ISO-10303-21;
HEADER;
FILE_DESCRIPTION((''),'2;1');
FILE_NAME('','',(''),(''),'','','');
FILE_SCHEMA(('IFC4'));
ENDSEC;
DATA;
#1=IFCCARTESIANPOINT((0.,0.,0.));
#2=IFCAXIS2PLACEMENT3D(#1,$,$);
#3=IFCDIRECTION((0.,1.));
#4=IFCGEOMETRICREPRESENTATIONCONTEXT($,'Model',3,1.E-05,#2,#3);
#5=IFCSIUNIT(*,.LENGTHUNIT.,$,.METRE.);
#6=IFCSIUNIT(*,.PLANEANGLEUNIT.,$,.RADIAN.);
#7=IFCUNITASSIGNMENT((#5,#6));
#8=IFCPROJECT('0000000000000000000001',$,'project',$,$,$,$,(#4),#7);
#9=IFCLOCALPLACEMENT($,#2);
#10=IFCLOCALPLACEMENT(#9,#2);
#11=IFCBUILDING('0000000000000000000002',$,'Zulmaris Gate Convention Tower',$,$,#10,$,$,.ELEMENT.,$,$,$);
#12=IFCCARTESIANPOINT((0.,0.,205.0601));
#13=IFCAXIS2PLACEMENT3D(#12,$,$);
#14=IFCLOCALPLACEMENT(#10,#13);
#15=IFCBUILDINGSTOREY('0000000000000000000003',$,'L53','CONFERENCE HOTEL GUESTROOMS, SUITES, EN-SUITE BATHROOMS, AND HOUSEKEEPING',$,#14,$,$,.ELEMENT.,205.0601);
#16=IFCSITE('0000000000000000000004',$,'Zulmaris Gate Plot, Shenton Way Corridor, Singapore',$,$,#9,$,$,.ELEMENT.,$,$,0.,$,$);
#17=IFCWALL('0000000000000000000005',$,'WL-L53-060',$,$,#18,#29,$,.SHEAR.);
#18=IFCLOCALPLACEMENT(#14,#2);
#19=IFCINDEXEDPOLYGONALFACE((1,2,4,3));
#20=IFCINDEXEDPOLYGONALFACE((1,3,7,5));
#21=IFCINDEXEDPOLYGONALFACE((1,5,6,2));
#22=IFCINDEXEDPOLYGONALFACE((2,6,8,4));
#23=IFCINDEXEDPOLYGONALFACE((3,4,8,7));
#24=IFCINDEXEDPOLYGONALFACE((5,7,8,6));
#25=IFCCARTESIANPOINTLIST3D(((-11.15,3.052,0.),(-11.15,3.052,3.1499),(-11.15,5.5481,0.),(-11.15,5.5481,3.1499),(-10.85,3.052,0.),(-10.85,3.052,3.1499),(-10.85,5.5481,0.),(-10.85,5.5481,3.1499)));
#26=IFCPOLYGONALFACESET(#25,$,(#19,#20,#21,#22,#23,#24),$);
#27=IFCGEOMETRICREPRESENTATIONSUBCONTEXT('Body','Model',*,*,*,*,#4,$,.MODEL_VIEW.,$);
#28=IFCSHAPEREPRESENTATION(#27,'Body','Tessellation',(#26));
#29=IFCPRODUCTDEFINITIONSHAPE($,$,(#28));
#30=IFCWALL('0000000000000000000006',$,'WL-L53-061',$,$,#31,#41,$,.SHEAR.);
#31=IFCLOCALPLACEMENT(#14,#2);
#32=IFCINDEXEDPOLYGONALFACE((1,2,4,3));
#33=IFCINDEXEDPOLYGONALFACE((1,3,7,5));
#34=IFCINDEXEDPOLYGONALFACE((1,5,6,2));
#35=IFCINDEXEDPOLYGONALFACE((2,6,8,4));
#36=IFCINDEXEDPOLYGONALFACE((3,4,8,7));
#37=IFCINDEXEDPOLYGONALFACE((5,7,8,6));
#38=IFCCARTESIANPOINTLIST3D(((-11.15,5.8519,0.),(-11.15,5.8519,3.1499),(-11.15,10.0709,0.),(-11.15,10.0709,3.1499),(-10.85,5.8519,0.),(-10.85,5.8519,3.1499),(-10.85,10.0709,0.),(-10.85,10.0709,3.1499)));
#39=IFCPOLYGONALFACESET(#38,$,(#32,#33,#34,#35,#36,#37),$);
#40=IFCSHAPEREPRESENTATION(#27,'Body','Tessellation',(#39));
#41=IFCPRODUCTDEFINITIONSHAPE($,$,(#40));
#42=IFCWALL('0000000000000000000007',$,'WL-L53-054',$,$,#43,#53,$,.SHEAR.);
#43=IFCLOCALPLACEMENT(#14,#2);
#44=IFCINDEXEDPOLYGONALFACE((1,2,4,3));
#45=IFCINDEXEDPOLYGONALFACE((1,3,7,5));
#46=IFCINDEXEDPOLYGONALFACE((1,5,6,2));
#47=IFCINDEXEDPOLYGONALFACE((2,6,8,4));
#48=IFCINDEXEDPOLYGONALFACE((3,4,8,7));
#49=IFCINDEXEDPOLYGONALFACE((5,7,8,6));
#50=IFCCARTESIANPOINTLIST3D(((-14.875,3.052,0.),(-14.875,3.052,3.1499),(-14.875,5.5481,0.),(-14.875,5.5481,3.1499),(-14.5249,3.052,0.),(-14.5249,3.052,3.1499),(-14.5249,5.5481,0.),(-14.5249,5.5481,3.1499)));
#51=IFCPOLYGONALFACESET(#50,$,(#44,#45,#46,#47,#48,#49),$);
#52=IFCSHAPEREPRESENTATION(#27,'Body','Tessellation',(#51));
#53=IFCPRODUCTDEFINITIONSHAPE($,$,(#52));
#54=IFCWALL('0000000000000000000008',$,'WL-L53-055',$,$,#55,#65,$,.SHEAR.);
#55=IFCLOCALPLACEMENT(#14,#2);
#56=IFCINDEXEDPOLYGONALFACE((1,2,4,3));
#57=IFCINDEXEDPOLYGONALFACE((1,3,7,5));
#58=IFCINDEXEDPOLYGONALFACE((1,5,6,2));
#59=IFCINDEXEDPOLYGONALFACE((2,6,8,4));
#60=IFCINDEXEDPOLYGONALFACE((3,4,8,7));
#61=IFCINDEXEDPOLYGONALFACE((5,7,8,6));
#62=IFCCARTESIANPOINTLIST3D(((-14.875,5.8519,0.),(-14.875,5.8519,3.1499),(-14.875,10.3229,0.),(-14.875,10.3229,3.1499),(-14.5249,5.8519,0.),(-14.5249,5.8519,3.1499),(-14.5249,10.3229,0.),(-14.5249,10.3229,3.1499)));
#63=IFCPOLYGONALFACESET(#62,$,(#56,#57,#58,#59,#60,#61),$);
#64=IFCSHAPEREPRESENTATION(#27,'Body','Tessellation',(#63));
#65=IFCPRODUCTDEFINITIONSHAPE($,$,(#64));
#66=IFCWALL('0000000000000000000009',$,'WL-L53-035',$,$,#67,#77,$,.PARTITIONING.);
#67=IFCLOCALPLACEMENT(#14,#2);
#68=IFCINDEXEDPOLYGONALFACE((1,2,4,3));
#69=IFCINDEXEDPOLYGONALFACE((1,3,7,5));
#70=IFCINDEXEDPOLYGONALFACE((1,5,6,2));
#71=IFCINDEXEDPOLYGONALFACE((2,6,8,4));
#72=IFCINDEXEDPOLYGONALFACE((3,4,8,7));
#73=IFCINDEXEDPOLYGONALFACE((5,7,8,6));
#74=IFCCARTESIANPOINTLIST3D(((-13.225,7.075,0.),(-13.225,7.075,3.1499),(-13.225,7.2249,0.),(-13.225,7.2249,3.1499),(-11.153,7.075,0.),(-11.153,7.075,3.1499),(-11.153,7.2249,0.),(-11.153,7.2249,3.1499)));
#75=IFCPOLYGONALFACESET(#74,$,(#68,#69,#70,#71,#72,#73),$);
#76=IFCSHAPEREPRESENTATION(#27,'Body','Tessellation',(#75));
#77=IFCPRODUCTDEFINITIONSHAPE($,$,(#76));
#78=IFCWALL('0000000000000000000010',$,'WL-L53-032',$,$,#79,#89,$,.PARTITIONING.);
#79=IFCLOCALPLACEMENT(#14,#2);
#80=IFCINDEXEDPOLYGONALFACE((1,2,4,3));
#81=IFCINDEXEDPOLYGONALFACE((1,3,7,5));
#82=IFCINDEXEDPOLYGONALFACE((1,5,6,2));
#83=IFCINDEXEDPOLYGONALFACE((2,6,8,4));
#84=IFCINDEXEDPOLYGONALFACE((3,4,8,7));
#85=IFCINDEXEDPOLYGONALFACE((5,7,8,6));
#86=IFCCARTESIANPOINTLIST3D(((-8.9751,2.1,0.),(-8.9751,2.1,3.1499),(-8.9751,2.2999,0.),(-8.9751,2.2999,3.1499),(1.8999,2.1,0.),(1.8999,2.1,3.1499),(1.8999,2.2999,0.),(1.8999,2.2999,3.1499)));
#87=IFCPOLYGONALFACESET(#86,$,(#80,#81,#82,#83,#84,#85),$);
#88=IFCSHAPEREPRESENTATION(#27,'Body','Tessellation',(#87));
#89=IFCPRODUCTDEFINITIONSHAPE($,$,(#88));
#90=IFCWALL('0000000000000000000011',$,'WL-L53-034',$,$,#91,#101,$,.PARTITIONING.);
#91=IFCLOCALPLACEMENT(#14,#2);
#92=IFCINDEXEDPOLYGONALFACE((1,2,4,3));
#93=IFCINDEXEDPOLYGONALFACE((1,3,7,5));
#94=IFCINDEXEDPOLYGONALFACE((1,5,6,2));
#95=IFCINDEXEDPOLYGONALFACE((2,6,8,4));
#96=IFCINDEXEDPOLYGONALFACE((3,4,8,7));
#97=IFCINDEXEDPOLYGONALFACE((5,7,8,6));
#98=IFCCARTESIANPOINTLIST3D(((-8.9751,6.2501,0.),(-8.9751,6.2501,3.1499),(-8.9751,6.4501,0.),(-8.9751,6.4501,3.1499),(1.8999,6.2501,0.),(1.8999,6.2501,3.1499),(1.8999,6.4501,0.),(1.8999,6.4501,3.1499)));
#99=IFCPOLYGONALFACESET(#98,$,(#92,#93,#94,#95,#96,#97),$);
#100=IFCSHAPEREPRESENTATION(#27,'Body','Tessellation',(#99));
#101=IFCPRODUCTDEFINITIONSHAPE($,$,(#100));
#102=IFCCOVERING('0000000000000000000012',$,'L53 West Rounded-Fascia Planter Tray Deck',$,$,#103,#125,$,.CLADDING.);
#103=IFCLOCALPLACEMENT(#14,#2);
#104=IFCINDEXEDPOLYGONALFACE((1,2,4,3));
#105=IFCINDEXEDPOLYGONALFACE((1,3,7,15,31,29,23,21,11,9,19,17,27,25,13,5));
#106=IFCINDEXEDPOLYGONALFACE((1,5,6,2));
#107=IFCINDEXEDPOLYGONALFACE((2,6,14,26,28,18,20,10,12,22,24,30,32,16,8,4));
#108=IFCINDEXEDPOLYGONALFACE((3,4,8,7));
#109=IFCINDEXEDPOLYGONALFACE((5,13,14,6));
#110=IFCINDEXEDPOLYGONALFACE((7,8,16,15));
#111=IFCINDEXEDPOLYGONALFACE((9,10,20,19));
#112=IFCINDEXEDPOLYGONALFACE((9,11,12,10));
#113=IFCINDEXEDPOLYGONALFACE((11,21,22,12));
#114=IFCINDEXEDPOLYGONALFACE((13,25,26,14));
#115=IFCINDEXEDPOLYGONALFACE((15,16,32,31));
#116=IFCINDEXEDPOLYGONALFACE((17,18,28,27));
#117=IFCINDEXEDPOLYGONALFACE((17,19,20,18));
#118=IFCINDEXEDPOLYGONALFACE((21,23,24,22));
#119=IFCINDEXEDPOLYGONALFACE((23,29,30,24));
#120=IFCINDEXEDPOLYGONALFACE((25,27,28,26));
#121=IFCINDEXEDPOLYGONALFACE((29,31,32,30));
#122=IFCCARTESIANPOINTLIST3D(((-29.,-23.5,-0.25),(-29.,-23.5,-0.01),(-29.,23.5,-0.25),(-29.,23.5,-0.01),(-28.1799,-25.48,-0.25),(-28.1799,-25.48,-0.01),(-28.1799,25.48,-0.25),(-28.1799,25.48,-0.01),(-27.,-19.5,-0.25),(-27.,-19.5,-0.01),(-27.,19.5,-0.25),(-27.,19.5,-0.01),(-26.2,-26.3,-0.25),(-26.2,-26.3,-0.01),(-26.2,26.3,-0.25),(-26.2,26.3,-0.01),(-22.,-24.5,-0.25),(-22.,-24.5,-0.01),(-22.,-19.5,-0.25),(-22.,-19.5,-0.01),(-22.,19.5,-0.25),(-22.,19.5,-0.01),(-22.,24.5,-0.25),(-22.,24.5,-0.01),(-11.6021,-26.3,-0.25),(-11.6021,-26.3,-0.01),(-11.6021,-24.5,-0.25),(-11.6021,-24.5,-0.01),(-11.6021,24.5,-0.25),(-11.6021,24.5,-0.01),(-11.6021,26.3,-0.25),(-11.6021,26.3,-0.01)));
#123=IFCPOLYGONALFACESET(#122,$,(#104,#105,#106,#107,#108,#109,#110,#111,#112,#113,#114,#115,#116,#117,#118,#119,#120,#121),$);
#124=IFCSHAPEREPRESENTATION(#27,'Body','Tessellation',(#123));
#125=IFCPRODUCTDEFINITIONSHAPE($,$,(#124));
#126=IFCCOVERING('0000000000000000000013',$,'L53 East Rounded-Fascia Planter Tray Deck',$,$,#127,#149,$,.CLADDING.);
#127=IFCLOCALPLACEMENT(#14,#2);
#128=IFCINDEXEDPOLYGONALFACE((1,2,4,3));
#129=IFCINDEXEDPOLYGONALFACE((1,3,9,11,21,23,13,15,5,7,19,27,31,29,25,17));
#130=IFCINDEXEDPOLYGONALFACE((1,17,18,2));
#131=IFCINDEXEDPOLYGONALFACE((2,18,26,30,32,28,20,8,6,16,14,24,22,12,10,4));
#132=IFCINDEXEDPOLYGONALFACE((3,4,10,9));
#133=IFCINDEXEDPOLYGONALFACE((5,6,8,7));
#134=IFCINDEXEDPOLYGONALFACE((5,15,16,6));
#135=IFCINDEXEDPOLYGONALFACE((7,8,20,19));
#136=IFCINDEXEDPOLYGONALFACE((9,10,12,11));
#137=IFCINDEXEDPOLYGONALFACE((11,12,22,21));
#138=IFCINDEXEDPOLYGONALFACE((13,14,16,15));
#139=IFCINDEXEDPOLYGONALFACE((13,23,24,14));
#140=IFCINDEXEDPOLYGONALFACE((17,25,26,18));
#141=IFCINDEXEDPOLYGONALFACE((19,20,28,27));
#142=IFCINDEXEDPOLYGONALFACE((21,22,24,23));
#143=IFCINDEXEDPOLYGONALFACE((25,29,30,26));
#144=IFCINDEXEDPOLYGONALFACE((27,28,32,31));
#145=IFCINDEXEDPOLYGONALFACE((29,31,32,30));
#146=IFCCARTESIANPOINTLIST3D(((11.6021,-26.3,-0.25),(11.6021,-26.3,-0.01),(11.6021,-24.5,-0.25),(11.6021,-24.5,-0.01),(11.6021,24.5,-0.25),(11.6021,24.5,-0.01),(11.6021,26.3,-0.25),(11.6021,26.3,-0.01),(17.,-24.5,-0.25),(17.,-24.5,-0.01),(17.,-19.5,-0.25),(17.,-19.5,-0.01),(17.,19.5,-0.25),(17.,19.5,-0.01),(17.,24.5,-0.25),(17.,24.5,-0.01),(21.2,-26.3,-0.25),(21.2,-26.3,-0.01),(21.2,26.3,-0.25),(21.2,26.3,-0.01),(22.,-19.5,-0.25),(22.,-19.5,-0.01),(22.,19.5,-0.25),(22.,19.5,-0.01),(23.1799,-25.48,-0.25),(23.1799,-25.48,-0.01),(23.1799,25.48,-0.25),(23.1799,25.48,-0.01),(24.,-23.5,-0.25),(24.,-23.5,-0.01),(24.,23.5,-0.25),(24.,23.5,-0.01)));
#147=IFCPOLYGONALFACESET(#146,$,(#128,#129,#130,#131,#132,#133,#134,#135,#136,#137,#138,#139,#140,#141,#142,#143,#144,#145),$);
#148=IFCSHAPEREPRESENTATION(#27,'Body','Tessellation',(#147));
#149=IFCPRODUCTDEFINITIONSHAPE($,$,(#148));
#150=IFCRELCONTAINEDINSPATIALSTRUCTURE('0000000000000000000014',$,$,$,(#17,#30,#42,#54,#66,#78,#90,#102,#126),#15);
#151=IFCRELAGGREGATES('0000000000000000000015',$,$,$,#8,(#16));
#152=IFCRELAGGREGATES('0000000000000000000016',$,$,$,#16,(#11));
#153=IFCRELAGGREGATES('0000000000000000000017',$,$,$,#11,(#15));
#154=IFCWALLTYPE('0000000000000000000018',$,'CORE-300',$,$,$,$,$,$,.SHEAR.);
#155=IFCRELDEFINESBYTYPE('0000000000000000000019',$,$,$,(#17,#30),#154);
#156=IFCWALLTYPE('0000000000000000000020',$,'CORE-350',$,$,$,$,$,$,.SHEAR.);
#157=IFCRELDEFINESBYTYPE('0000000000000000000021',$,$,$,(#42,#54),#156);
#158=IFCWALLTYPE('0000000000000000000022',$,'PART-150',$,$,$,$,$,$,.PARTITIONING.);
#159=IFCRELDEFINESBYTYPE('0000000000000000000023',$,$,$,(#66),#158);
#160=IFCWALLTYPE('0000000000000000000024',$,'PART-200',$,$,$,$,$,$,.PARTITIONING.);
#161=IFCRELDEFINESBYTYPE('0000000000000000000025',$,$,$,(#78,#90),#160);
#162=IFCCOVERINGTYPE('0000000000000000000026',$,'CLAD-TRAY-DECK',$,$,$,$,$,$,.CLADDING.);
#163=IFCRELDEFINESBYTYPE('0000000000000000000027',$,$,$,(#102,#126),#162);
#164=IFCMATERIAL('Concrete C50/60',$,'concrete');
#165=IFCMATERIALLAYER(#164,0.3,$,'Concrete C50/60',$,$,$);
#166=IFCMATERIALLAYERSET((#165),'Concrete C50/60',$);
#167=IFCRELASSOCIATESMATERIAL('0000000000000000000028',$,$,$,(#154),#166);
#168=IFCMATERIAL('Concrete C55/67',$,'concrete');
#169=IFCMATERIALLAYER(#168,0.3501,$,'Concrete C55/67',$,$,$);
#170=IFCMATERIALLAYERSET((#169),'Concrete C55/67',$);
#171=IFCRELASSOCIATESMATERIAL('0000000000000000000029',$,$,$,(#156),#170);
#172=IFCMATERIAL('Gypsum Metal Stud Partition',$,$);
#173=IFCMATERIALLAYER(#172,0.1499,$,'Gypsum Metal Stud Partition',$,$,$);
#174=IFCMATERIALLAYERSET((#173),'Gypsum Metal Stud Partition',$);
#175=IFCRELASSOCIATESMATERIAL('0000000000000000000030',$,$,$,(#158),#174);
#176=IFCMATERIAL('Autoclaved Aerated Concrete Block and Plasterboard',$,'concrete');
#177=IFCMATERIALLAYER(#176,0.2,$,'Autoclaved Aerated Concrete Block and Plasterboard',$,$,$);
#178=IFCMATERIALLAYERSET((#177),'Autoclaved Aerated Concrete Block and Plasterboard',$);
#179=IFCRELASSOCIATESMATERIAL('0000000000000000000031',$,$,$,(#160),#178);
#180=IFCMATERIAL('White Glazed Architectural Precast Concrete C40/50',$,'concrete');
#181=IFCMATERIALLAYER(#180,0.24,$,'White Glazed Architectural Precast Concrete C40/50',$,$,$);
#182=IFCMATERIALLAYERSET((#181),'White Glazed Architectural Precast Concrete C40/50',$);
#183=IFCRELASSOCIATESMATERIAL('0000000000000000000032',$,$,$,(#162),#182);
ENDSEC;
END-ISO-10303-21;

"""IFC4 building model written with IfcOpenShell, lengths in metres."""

from ifc_helpers import new_model, si_unit, direction, frame, frame_2d, origin, place, context, subcontext, project, spatial, polyline, rectangle, outline, extrude, material, layer, layer_set, type_object, element, save


model = new_model("IFC4")

# Units and contexts
model_context = context("Model", 3, precision=1e-05, world=origin(), true_north=direction((0.0, 1.0)))
body_context = subcontext(model_context, "Body", "Model", "MODEL_VIEW")
ifc_project = project(units=[si_unit("LENGTHUNIT", "METRE"), si_unit("PLANEANGLEUNIT", "RADIAN")], contexts=[model_context])

# Site, building, storey
site_placement = place(None, origin())
site = spatial("IfcSite", under=ifc_project, at=site_placement, Name="Zulmaris Gate Plot, Shenton Way Corridor, Singapore", CompositionType="ELEMENT", RefElevation=0.0)
building_placement = place(site_placement, origin())
building = spatial("IfcBuilding", under=site, at=building_placement, Name="Zulmaris Gate Convention Tower", CompositionType="ELEMENT")
storey_placement = place(building_placement, frame((0.0, 0.0, 205.0601)))
storey = spatial("IfcBuildingStorey", under=building, at=storey_placement, Name="L53", Description="CONFERENCE HOTEL GUESTROOMS, SUITES, EN-SUITE BATHROOMS, AND HOUSEKEEPING", CompositionType="ELEMENT", Elevation=205.0601)

# Shared definitions
ifc_material_1 = material(Name="Concrete C50/60", Category="concrete")

# Shared definitions
ifc_layer_1 = layer(ifc_material_1, 0.3, Name="Concrete C50/60")
ifc_layer_set_1 = layer_set([ifc_layer_1], Name="Concrete C50/60")
wall_type_1 = type_object("IfcWallType", Name="CORE-300", PredefinedType="SHEAR", material=ifc_layer_set_1)

# Walls
wall_1_placement = place(storey_placement, frame((-11.0, 3.052, 0.0), z_axis=(0.0, 0.0, 1.0), x_axis=(0.0, 1.0, 0.0)))
element("IfcWall", 1, at=wall_1_placement, inside=storey, type_object=wall_type_1, Name="WL-L53-060", PredefinedType="SHEAR", context=body_context, shape_type="SweptSolid", body=[
    extrude(rectangle(XDim=2.4961, YDim=0.3, at=frame_2d((1.248, 0.0))), origin(), (0.0, 0.0, 1.0), 3.1499),
])
wall_2_placement = place(storey_placement, frame((-11.0, 5.8521, 0.0), z_axis=(0.0, 0.0, 1.0), x_axis=(0.0, 1.0, 0.0)))
element("IfcWall", 2, at=wall_2_placement, inside=storey, type_object=wall_type_1, Name="WL-L53-061", PredefinedType="SHEAR", context=body_context, shape_type="SweptSolid", body=[
    extrude(rectangle(XDim=4.219, YDim=0.3, at=frame_2d((2.1094, 0.0))), origin(), (0.0, 0.0, 1.0), 3.1499),
])
ifc_material_2 = material(Name="Concrete C55/67", Category="concrete")
ifc_layer_2 = layer(ifc_material_2, 0.3501, Name="Concrete C55/67")
ifc_layer_set_2 = layer_set([ifc_layer_2], Name="Concrete C55/67")
wall_type_2 = type_object("IfcWallType", Name="CORE-350", PredefinedType="SHEAR", material=ifc_layer_set_2)
wall_3_placement = place(storey_placement, frame((-14.7, 3.052, 0.0), z_axis=(0.0, 0.0, 1.0), x_axis=(0.0, 1.0, 0.0)))
element("IfcWall", 3, at=wall_3_placement, inside=storey, type_object=wall_type_2, Name="WL-L53-054", PredefinedType="SHEAR", context=body_context, shape_type="SweptSolid", body=[
    extrude(rectangle(XDim=2.4961, YDim=0.3501, at=frame_2d((1.248, 0.0))), origin(), (0.0, 0.0, 1.0), 3.1499),
])
wall_4_placement = place(storey_placement, frame((-14.7, 5.8521, 0.0), z_axis=(0.0, 0.0, 1.0), x_axis=(0.0, 1.0, 0.0)))
element("IfcWall", 4, at=wall_4_placement, inside=storey, type_object=wall_type_2, Name="WL-L53-055", PredefinedType="SHEAR", context=body_context, shape_type="SweptSolid", body=[
    extrude(rectangle(XDim=4.4709, YDim=0.3501, at=frame_2d((2.2354, 0.0))), origin(), (0.0, 0.0, 1.0), 3.1499),
])
ifc_material_3 = material(Name="Gypsum Metal Stud Partition")
ifc_layer_3 = layer(ifc_material_3, 0.1499, Name="Gypsum Metal Stud Partition")
ifc_layer_set_3 = layer_set([ifc_layer_3], Name="Gypsum Metal Stud Partition")
wall_type_3 = type_object("IfcWallType", Name="PART-150", PredefinedType="PARTITIONING", material=ifc_layer_set_3)
wall_5_placement = place(storey_placement, frame((-13.2251, 7.1499, 0.0), z_axis=(0.0, 0.0, 1.0), x_axis=(1.0, 0.0, 0.0)))
element("IfcWall", 5, at=wall_5_placement, inside=storey, type_object=wall_type_3, Name="WL-L53-035", PredefinedType="PARTITIONING", context=body_context, shape_type="SweptSolid", body=[
    extrude(rectangle(XDim=2.072, YDim=0.1499, at=frame_2d((1.0361, 0.0))), origin(), (0.0, 0.0, 1.0), 3.1499),
])

# Walls
ifc_material_4 = material(Name="Autoclaved Aerated Concrete Block and Plasterboard", Category="concrete")
ifc_layer_4 = layer(ifc_material_4, 0.2, Name="Autoclaved Aerated Concrete Block and Plasterboard")
ifc_layer_set_4 = layer_set([ifc_layer_4], Name="Autoclaved Aerated Concrete Block and Plasterboard")
wall_type_4 = type_object("IfcWallType", Name="PART-200", PredefinedType="PARTITIONING", material=ifc_layer_set_4)
for number, where, z_axis, x_axis, name in (
    (6, (-8.9751, 2.2, 0.0), (0.0, 0.0, 1.0), (1.0, 0.0, 0.0), "WL-L53-032"),
    (7, (-8.9751, 6.3501, 0.0), (0.0, 0.0, 1.0), (1.0, 0.0, 0.0), "WL-L53-034"),
):
    element("IfcWall", number, at=place(storey_placement, frame(where, z_axis=z_axis, x_axis=x_axis)), inside=storey, type_object=wall_type_4, Name=name, PredefinedType="PARTITIONING", context=body_context, shape_type="SweptSolid", body=[
        extrude(rectangle(XDim=10.875, YDim=0.2, at=frame_2d((5.4375, 0.0))), origin(), (0.0, 0.0, 1.0), 3.1499),
    ])

# Coverings
ifc_material_5 = material(Name="White Glazed Architectural Precast Concrete C40/50", Category="concrete")
ifc_layer_5 = layer(ifc_material_5, 0.24, Name="White Glazed Architectural Precast Concrete C40/50")
ifc_layer_set_5 = layer_set([ifc_layer_5], Name="White Glazed Architectural Precast Concrete C40/50")
covering_type = type_object("IfcCoveringType", Name="CLAD-TRAY-DECK", PredefinedType="CLADDING", material=ifc_layer_set_5)
covering_1_placement = place(storey_placement, frame((0.0, 0.0, -0.25)))
element("IfcCovering", 8, at=covering_1_placement, inside=storey, type_object=covering_type, Name="L53 West Rounded-Fascia Planter Tray Deck", PredefinedType="CLADDING", context=body_context, shape_type="SweptSolid", body=[
    extrude(outline(polyline([(-29.0, 23.5), (-28.1799, 25.48), (-26.2, 26.3), (-11.6021, 26.3), (-11.6021, 24.5), (-22.0, 24.5), (-22.0, 19.5), (-27.0, 19.5), (-27.0, -19.5), (-22.0, -19.5), (-22.0, -24.5), (-11.6021, -24.5), (-11.6021, -26.3), (-26.2, -26.3), (-28.1799, -25.48), (-29.0, -23.5), (-29.0, 23.5)])), origin(), (0.0, 0.0, 1.0), 0.24),
])
covering_2_placement = place(storey_placement, frame((0.0, 0.0, -0.25)))
element("IfcCovering", 9, at=covering_2_placement, inside=storey, type_object=covering_type, Name="L53 East Rounded-Fascia Planter Tray Deck", PredefinedType="CLADDING", context=body_context, shape_type="SweptSolid", body=[
    extrude(outline(polyline([(21.2, 26.3), (23.1799, 25.48), (24.0, 23.5), (24.0, -23.5), (23.1799, -25.48), (21.2, -26.3), (11.6021, -26.3), (11.6021, -24.5), (17.0, -24.5), (17.0, -19.5), (22.0, -19.5), (22.0, 19.5), (17.0, 19.5), (17.0, 24.5), (11.6021, 24.5), (11.6021, 26.3), (21.2, 26.3)])), origin(), (0.0, 0.0, 1.0), 0.24),
])

save(model, "model.ifc")
